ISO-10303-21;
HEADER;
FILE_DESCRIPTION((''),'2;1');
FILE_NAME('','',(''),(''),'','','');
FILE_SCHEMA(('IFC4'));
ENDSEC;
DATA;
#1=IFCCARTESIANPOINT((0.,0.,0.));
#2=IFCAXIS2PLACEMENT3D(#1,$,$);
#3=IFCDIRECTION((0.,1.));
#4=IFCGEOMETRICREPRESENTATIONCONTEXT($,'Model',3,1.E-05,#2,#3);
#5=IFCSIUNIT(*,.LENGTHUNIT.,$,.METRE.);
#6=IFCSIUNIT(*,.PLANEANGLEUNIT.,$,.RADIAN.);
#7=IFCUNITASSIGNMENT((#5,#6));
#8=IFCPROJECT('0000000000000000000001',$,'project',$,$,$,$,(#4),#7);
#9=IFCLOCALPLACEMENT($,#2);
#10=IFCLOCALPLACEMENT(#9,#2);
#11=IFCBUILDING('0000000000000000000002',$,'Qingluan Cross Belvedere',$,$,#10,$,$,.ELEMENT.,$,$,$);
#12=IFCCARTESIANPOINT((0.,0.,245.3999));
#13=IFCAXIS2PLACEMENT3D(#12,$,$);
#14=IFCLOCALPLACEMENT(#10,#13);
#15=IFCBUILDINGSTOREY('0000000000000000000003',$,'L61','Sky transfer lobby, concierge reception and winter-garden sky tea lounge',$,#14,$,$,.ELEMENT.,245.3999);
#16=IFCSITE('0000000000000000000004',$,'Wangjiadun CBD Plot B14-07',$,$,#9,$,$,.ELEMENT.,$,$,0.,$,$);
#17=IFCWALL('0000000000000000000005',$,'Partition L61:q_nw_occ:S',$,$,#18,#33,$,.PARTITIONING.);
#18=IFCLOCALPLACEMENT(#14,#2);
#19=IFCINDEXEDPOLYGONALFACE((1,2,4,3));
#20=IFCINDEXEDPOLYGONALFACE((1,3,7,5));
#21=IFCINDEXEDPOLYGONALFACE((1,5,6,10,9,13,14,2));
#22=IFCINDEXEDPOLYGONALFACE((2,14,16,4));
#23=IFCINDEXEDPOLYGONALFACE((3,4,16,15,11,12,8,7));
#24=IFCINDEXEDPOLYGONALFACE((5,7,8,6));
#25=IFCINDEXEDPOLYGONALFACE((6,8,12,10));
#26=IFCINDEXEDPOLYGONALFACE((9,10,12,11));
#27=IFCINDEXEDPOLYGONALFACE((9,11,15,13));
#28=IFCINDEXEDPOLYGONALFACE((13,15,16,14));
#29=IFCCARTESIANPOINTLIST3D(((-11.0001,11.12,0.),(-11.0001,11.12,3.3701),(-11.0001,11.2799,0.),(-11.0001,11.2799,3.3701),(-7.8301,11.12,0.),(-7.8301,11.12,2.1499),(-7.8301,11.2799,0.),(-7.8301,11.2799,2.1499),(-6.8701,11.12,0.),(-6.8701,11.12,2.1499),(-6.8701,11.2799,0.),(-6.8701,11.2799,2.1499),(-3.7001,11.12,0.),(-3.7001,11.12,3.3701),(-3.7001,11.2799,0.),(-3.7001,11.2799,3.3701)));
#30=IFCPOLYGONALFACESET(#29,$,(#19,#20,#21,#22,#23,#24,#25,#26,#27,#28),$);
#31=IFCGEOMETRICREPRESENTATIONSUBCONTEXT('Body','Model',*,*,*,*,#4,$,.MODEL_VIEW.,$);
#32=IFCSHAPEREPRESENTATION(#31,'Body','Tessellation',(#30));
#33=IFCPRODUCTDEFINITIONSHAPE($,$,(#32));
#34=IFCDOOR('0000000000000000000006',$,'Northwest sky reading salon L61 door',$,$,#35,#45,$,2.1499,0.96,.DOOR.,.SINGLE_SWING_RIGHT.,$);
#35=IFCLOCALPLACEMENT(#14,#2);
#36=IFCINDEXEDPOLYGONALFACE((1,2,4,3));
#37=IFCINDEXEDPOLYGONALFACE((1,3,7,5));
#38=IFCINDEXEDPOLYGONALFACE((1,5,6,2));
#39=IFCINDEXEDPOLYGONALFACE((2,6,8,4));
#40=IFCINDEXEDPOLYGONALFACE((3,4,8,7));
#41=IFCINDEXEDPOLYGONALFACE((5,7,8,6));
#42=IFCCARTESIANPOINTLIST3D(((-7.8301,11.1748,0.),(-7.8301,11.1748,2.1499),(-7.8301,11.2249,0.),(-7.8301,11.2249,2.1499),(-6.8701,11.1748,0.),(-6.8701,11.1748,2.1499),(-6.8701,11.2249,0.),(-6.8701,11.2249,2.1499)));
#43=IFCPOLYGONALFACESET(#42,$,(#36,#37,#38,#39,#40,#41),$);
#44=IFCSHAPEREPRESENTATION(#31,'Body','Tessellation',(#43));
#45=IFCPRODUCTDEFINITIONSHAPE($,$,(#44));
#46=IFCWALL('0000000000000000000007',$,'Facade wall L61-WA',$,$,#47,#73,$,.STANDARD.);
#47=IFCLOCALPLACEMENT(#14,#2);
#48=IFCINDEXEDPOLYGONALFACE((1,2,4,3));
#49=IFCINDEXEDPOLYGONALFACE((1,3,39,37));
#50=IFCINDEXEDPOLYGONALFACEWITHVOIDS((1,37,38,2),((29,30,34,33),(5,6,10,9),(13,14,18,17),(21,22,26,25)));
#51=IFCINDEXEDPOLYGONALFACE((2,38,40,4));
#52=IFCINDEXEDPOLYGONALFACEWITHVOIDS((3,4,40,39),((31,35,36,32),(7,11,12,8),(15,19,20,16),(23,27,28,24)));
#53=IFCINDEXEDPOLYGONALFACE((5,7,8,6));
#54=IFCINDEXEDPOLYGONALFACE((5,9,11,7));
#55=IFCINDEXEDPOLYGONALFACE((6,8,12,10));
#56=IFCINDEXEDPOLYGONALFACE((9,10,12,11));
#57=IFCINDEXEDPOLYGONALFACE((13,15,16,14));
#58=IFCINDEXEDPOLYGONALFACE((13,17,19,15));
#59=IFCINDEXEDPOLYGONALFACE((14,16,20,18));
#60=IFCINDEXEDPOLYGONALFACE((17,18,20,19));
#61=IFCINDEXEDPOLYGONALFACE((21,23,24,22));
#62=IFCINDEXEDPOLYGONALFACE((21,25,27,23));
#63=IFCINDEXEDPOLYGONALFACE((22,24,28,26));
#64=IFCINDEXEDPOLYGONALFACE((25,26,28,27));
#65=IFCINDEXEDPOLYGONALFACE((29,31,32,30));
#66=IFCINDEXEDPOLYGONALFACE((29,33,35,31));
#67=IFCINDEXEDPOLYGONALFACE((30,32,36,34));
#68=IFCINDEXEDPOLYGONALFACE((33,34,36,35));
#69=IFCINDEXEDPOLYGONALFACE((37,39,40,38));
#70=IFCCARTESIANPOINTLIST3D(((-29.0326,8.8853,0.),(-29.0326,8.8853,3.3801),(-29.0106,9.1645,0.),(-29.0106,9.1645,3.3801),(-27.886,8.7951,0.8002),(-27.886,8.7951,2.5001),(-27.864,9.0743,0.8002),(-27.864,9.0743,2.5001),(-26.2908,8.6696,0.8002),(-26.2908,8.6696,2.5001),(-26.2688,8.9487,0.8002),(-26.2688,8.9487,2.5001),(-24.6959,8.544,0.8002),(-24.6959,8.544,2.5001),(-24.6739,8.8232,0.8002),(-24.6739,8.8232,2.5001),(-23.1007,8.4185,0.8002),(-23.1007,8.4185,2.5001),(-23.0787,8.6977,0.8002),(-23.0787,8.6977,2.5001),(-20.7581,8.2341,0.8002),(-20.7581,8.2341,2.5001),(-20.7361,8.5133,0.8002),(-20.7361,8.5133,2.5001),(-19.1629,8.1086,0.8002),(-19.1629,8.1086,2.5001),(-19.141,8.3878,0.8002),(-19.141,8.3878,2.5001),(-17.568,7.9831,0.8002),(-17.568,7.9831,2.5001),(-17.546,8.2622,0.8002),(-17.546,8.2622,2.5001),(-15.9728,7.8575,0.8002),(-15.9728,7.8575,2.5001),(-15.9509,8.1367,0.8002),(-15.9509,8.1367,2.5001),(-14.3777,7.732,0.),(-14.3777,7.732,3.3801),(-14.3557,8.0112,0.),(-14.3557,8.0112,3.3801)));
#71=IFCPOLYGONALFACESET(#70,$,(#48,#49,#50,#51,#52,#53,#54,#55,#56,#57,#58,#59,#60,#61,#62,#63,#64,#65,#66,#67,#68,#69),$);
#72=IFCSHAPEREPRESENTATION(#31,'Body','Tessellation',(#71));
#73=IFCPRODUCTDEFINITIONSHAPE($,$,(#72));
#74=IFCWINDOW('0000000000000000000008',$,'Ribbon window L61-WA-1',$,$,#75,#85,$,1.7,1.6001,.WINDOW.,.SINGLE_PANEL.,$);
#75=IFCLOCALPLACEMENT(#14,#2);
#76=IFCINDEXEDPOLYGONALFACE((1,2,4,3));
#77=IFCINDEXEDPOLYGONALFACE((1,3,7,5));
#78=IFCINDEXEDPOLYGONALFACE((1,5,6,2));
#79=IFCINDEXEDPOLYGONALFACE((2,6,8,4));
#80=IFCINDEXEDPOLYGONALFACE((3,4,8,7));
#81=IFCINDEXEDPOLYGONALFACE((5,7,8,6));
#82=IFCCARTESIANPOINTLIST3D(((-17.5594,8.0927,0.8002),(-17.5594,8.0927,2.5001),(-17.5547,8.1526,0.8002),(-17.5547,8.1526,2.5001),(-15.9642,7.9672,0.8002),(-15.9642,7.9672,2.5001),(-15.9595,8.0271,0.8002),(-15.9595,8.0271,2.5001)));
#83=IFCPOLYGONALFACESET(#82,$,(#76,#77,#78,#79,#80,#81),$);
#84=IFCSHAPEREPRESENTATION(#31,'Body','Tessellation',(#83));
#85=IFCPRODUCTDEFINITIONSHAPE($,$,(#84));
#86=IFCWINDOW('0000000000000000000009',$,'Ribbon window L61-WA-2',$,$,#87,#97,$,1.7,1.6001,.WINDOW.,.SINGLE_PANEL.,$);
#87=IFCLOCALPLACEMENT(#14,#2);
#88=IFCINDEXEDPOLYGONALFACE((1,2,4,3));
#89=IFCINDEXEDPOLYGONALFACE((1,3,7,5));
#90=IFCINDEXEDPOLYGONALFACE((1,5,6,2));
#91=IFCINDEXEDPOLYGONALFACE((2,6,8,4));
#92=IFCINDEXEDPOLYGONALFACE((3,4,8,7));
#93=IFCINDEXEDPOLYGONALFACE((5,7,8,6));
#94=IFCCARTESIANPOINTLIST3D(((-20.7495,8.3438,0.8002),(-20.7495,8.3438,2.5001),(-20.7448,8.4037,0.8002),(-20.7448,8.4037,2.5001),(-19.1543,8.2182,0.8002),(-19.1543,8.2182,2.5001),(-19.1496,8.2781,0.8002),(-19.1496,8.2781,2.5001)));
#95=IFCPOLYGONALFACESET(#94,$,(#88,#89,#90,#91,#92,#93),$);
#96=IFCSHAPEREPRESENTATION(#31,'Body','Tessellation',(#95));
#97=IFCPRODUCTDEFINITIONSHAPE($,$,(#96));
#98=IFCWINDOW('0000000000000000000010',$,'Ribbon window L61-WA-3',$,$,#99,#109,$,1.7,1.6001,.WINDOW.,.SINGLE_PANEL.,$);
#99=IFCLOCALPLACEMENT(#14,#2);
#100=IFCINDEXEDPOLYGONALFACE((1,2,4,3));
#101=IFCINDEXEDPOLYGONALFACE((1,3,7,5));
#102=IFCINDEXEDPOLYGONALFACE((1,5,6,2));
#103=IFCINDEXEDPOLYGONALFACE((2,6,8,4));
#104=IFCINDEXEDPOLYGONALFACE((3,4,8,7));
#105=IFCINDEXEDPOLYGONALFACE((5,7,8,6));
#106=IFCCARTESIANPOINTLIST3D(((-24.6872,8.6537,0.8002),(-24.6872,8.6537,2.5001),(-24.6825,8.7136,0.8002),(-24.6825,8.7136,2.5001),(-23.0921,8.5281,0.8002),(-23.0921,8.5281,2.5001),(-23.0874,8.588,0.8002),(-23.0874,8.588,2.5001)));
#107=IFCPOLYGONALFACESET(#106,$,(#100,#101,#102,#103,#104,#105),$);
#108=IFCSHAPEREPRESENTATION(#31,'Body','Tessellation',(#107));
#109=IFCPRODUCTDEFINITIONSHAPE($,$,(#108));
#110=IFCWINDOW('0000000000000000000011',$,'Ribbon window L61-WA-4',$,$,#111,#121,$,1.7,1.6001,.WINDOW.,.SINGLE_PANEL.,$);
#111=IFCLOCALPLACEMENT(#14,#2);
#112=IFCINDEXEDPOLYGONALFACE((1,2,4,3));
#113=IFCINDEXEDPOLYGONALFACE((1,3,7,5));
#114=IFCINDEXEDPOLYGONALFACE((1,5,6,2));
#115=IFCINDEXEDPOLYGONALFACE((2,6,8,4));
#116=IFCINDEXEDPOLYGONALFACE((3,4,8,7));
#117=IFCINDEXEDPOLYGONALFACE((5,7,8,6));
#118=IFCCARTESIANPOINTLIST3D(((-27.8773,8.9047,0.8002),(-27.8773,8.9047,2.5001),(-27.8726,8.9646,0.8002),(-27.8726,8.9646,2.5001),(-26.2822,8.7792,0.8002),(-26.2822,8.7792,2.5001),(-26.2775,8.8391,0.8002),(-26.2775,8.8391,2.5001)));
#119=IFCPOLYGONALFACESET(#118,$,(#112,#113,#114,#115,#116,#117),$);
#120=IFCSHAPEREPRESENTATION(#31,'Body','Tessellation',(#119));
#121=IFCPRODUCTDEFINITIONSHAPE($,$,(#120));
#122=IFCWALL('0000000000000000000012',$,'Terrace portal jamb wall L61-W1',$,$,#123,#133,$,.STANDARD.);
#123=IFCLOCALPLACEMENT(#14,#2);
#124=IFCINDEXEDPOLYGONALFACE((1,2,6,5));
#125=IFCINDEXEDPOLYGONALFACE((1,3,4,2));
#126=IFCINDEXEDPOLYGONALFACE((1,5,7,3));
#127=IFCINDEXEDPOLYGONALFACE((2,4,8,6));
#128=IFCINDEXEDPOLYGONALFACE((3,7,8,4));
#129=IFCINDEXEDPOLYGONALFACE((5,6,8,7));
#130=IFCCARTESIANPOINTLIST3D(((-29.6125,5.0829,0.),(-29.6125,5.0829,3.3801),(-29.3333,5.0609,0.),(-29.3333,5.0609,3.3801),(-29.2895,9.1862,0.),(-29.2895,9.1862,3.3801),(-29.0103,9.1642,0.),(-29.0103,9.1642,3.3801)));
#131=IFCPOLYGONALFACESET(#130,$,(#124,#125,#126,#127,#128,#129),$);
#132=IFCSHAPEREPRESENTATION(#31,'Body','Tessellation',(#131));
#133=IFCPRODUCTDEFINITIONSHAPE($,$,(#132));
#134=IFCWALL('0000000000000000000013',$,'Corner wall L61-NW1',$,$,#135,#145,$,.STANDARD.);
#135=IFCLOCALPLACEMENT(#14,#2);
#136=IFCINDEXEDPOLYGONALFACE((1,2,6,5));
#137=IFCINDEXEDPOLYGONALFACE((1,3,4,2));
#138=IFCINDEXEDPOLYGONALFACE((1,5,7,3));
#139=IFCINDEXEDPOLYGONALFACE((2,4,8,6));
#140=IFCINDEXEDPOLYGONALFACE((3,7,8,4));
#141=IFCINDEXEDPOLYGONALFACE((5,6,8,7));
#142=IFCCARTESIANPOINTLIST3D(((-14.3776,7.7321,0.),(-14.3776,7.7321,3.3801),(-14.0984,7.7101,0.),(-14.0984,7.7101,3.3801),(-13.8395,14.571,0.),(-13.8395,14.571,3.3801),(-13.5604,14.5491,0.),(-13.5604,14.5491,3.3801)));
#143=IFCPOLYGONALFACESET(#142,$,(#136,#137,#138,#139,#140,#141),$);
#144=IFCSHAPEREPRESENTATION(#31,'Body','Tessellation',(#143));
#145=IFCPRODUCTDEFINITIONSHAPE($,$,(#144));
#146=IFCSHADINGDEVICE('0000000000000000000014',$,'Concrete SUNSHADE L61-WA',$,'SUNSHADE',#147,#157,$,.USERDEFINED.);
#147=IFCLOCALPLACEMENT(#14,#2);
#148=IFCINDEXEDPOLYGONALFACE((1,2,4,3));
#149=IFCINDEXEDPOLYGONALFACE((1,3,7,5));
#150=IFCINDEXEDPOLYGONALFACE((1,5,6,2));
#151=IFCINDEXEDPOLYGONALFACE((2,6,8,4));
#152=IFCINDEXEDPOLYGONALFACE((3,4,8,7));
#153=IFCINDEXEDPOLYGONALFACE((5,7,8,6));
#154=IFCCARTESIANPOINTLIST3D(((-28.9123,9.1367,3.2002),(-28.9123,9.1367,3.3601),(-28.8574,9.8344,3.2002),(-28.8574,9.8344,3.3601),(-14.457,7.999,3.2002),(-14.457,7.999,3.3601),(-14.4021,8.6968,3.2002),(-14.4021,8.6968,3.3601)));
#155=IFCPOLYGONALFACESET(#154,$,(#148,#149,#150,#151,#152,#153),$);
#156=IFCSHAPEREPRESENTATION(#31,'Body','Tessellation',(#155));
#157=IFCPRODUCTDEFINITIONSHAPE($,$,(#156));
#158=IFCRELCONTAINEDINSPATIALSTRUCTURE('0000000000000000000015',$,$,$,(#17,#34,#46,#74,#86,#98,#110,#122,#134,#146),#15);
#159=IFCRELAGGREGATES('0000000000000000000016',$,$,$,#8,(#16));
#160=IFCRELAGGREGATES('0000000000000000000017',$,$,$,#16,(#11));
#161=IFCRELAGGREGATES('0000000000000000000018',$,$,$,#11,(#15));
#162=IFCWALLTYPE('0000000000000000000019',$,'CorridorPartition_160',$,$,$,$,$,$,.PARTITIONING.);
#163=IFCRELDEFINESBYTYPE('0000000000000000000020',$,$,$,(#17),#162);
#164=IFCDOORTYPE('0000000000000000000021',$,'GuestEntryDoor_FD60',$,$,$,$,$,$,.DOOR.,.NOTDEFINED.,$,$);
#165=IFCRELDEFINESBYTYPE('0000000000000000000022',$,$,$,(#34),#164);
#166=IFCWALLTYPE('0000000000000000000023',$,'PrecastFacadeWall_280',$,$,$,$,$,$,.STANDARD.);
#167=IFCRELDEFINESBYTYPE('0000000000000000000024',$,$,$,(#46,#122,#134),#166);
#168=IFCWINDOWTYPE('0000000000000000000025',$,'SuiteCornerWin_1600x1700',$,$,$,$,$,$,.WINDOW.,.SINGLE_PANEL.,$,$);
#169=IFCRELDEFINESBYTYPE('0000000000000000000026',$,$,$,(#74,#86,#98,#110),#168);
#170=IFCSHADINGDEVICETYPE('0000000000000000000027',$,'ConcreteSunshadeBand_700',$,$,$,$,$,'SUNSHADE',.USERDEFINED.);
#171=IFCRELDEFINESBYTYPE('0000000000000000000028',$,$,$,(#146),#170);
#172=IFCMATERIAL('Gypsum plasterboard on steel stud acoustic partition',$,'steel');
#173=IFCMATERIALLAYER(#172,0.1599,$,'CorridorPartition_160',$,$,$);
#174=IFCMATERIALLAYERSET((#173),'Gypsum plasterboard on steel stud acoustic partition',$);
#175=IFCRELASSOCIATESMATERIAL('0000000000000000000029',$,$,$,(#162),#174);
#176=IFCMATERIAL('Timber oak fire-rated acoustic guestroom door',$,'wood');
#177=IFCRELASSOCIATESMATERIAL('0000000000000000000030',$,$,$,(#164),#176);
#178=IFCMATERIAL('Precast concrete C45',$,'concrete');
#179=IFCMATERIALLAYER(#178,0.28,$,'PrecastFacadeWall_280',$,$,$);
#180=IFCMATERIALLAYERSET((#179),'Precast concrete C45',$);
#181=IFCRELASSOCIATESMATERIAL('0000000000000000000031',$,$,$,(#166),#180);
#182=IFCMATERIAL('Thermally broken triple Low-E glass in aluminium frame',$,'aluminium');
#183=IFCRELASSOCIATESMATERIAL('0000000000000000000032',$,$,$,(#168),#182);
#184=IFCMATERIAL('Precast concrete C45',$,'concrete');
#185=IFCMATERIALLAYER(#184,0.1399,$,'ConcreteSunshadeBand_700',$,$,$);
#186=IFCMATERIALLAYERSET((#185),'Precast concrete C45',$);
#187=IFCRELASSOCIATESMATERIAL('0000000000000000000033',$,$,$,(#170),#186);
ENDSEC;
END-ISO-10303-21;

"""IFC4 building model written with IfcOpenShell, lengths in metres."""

from ifc_helpers import new_model, si_unit, direction, frame, frame_2d, origin, origin_2d, place, context, subcontext, project, spatial, rectangle, extrude, material, layer, layer_set, type_object, element, fill, save


model = new_model("IFC4")

# Units and contexts
model_context = context("Model", 3, precision=1e-05, world=origin(), true_north=direction((0.0, 1.0)))
body_context = subcontext(model_context, "Body", "Model", "MODEL_VIEW")
ifc_project = project(units=[si_unit("LENGTHUNIT", "METRE"), si_unit("PLANEANGLEUNIT", "RADIAN")], contexts=[model_context])

# Site, building, storey
site_placement = place(None, origin())
site = spatial("IfcSite", under=ifc_project, at=site_placement, Name="Wangjiadun CBD Plot B14-07", CompositionType="ELEMENT", RefElevation=0.0)
building_placement = place(site_placement, origin())
building = spatial("IfcBuilding", under=site, at=building_placement, Name="Qingluan Cross Belvedere", CompositionType="ELEMENT")
storey_placement = place(building_placement, frame((0.0, 0.0, 245.3999)))
storey = spatial("IfcBuildingStorey", under=building, at=storey_placement, Name="L61", Description="Sky transfer lobby, concierge reception and winter-garden sky tea lounge", CompositionType="ELEMENT", Elevation=245.3999)

# Wall, opening, door
ifc_material_1 = material(Name="Gypsum plasterboard on steel stud acoustic partition", Category="steel")
ifc_layer_1 = layer(ifc_material_1, 0.1599, Name="CorridorPartition_160")
ifc_layer_set_1 = layer_set([ifc_layer_1], Name="Gypsum plasterboard on steel stud acoustic partition")
wall_type_1 = type_object("IfcWallType", Name="CorridorPartition_160", PredefinedType="PARTITIONING", material=ifc_layer_set_1)
wall_1_placement = place(storey_placement, frame((-11.0, 11.2, 0.0), z_axis=(0.0, 0.0, 1.0), x_axis=(1.0, 0.0, 0.0)))
wall_1 = element("IfcWall", 1, at=wall_1_placement, inside=storey, type_object=wall_type_1, Name="Partition L61:q_nw_occ:S", PredefinedType="PARTITIONING", context=body_context, shape_type="SweptSolid", body=[
    extrude(rectangle(XDim=7.3, YDim=0.1599, at=frame_2d((3.6499, 0.0))), origin(), (0.0, 0.0, 1.0), 3.3701),
])
opening_1_placement = place(wall_1_placement, frame((3.1699, 0.0, 0.0)))
opening_1 = element("IfcOpeningElement", 2, at=opening_1_placement, cuts=wall_1, PredefinedType="OPENING", context=body_context, shape_type="SweptSolid", body=[
    extrude(rectangle(XDim=0.96, YDim=2.1499, at=frame_2d((0.48, 1.075))), frame((0.0, 0.0898, 0.0), z_axis=(0.0, -1.0, 0.0), x_axis=(1.0, 0.0, 0.0)), (0.0, 0.0, 1.0), 0.1799),
])
ifc_material_2 = material(Name="Timber oak fire-rated acoustic guestroom door", Category="wood")
door_type = type_object("IfcDoorType", Name="GuestEntryDoor_FD60", OperationType="NOTDEFINED", PredefinedType="DOOR", material=ifc_material_2)
door_placement = place(opening_1_placement, origin())
door = element("IfcDoor", 3, at=door_placement, inside=storey, type_object=door_type, Name="Northwest sky reading salon L61 door", OperationType="SINGLE_SWING_RIGHT", OverallHeight=2.1499, OverallWidth=0.96, PredefinedType="DOOR", context=body_context, shape_type="SweptSolid", body=[
    extrude(rectangle(XDim=0.96, YDim=2.1499, at=frame_2d((0.48, 1.075))), frame((0.0, 0.0249, 0.0), z_axis=(0.0, -1.0, 0.0), x_axis=(1.0, 0.0, 0.0)), (0.0, 0.0, 1.0), 0.05),
])
fill(opening_1, door)

# Wall, openings, windows
ifc_material_3 = material(Name="Precast concrete C45", Category="concrete")
ifc_layer_2 = layer(ifc_material_3, 0.28, Name="PrecastFacadeWall_280")
ifc_layer_set_2 = layer_set([ifc_layer_2], Name="Precast concrete C45")
wall_type_2 = type_object("IfcWallType", Name="PrecastFacadeWall_280", PredefinedType="STANDARD", material=ifc_layer_set_2)
wall_2_placement = place(storey_placement, frame((-14.3667, 7.8716, 0.0), z_axis=(0.0, 0.0, 1.0), x_axis=(-0.996918, 0.078457, 0.0)))
wall_2 = element("IfcWall", 4, at=wall_2_placement, inside=storey, type_object=wall_type_2, Name="Facade wall L61-WA", PredefinedType="STANDARD", context=body_context, shape_type="SweptSolid", body=[
    extrude(rectangle(XDim=14.7002, YDim=0.28, at=frame_2d((7.3501, 0.0))), origin(), (0.0, 0.0, 1.0), 3.3801),
])
opening_2_placement = place(wall_2_placement, frame((1.6001, 0.0, 0.8)))
opening_2 = element("IfcOpeningElement", 5, at=opening_2_placement, cuts=wall_2, PredefinedType="OPENING", context=body_context, shape_type="SweptSolid", body=[
    extrude(rectangle(XDim=1.6001, YDim=1.7, at=frame_2d((0.8, 0.8501))), frame((0.0, 0.1499, 0.0), z_axis=(0.0, -1.0, 0.0), x_axis=(1.0, 0.0, 0.0)), (0.0, 0.0, 1.0), 0.3),
])
opening_3_placement = place(wall_2_placement, frame((4.8, 0.0, 0.8)))
opening_3 = element("IfcOpeningElement", 6, at=opening_3_placement, cuts=wall_2, PredefinedType="OPENING", context=body_context, shape_type="SweptSolid", body=[
    extrude(rectangle(XDim=1.6001, YDim=1.7, at=frame_2d((0.8, 0.8501))), frame((0.0, 0.1499, 0.0), z_axis=(0.0, -1.0, 0.0), x_axis=(1.0, 0.0, 0.0)), (0.0, 0.0, 1.0), 0.3),
])
opening_4_placement = place(wall_2_placement, frame((8.75, 0.0, 0.8)))
opening_4 = element("IfcOpeningElement", 7, at=opening_4_placement, cuts=wall_2, PredefinedType="OPENING", context=body_context, shape_type="SweptSolid", body=[
    extrude(rectangle(XDim=1.6001, YDim=1.7, at=frame_2d((0.8, 0.8501))), frame((0.0, 0.1499, 0.0), z_axis=(0.0, -1.0, 0.0), x_axis=(1.0, 0.0, 0.0)), (0.0, 0.0, 1.0), 0.3),
])
opening_5_placement = place(wall_2_placement, frame((11.95, 0.0, 0.8)))
opening_5 = element("IfcOpeningElement", 8, at=opening_5_placement, cuts=wall_2, PredefinedType="OPENING", context=body_context, shape_type="SweptSolid", body=[
    extrude(rectangle(XDim=1.6001, YDim=1.7, at=frame_2d((0.8, 0.8501))), frame((0.0, 0.1499, 0.0), z_axis=(0.0, -1.0, 0.0), x_axis=(1.0, 0.0, 0.0)), (0.0, 0.0, 1.0), 0.3),
])
ifc_material_4 = material(Name="Thermally broken triple Low-E glass in aluminium frame", Category="aluminium")
window_type = type_object("IfcWindowType", Name="SuiteCornerWin_1600x1700", PartitioningType="SINGLE_PANEL", PredefinedType="WINDOW", material=ifc_material_4)
window_1_placement = place(opening_2_placement, origin())
window_1 = element("IfcWindow", 9, at=window_1_placement, inside=storey, type_object=window_type, Name="Ribbon window L61-WA-1", OverallHeight=1.7, OverallWidth=1.6001, PartitioningType="SINGLE_PANEL", PredefinedType="WINDOW", context=body_context, shape_type="SweptSolid", body=[
    extrude(rectangle(XDim=1.6001, YDim=1.7, at=frame_2d((0.8, 0.8501))), frame((0.0, 0.03, 0.0), z_axis=(0.0, -1.0, 0.0), x_axis=(1.0, 0.0, 0.0)), (0.0, 0.0, 1.0), 0.0601),
])
fill(opening_2, window_1)
window_2_placement = place(opening_3_placement, origin())
window_2 = element("IfcWindow", 10, at=window_2_placement, inside=storey, type_object=window_type, Name="Ribbon window L61-WA-2", OverallHeight=1.7, OverallWidth=1.6001, PartitioningType="SINGLE_PANEL", PredefinedType="WINDOW", context=body_context, shape_type="SweptSolid", body=[
    extrude(rectangle(XDim=1.6001, YDim=1.7, at=frame_2d((0.8, 0.8501))), frame((0.0, 0.03, 0.0), z_axis=(0.0, -1.0, 0.0), x_axis=(1.0, 0.0, 0.0)), (0.0, 0.0, 1.0), 0.0601),
])
fill(opening_3, window_2)
window_3_placement = place(opening_4_placement, origin())
window_3 = element("IfcWindow", 11, at=window_3_placement, inside=storey, type_object=window_type, Name="Ribbon window L61-WA-3", OverallHeight=1.7, OverallWidth=1.6001, PartitioningType="SINGLE_PANEL", PredefinedType="WINDOW", context=body_context, shape_type="SweptSolid", body=[
    extrude(rectangle(XDim=1.6001, YDim=1.7, at=frame_2d((0.8, 0.8501))), frame((0.0, 0.03, 0.0), z_axis=(0.0, -1.0, 0.0), x_axis=(1.0, 0.0, 0.0)), (0.0, 0.0, 1.0), 0.0601),
])
fill(opening_4, window_3)
window_4_placement = place(opening_5_placement, origin())
window_4 = element("IfcWindow", 12, at=window_4_placement, inside=storey, type_object=window_type, Name="Ribbon window L61-WA-4", OverallHeight=1.7, OverallWidth=1.6001, PartitioningType="SINGLE_PANEL", PredefinedType="WINDOW", context=body_context, shape_type="SweptSolid", body=[
    extrude(rectangle(XDim=1.6001, YDim=1.7, at=frame_2d((0.8, 0.8501))), frame((0.0, 0.03, 0.0), z_axis=(0.0, -1.0, 0.0), x_axis=(1.0, 0.0, 0.0)), (0.0, 0.0, 1.0), 0.0601),
])
fill(opening_5, window_4)

# Walls
wall_3_placement = place(storey_placement, frame((-29.1499, 9.1753, 0.0), z_axis=(0.0, 0.0, 1.0), x_axis=(-0.078474, -0.996916, 0.0)))
element("IfcWall", 13, at=wall_3_placement, inside=storey, type_object=wall_type_2, Name="Terrace portal jamb wall L61-W1", PredefinedType="STANDARD", context=body_context, shape_type="SweptSolid", body=[
    extrude(rectangle(XDim=4.116, YDim=0.28, at=frame_2d((2.0581, 0.0))), origin(), (0.0, 0.0, 1.0), 3.3801),
])
wall_4_placement = place(storey_placement, frame((-14.238, 7.7209, 0.0), z_axis=(0.0, 0.0, 1.0), x_axis=(0.078438, 0.996919, 0.0)))
element("IfcWall", 14, at=wall_4_placement, inside=storey, type_object=wall_type_2, Name="Corner wall L61-NW1", PredefinedType="STANDARD", context=body_context, shape_type="SweptSolid", body=[
    extrude(rectangle(XDim=6.8601, YDim=0.28, at=frame_2d((3.4302, 0.0))), origin(), (0.0, 0.0, 1.0), 3.3801),
])

# Shading device
ifc_material_5 = material(Name="Precast concrete C45", Category="concrete")
ifc_layer_3 = layer(ifc_material_5, 0.1399, Name="ConcreteSunshadeBand_700")
ifc_layer_set_3 = layer_set([ifc_layer_3], Name="Precast concrete C45")
shading_device_type = type_object("IfcShadingDeviceType", Name="ConcreteSunshadeBand_700", ElementType="SUNSHADE", PredefinedType="USERDEFINED", material=ifc_layer_set_3)
shading_device_placement = place(storey_placement, frame((-21.6572, 8.9167, 3.2002), z_axis=(0.0, 0.0, 1.0), x_axis=(-0.996918, 0.078456, 0.0)))
element("IfcShadingDevice", 15, at=shading_device_placement, inside=storey, type_object=shading_device_type, Name="Concrete SUNSHADE L61-WA", ObjectType="SUNSHADE", PredefinedType="USERDEFINED", context=body_context, shape_type="SweptSolid", body=[
    extrude(rectangle(XDim=14.5, YDim=0.7, at=origin_2d()), origin(), (0.0, 0.0, 1.0), 0.1599),
])

save(model, "model.ifc")
